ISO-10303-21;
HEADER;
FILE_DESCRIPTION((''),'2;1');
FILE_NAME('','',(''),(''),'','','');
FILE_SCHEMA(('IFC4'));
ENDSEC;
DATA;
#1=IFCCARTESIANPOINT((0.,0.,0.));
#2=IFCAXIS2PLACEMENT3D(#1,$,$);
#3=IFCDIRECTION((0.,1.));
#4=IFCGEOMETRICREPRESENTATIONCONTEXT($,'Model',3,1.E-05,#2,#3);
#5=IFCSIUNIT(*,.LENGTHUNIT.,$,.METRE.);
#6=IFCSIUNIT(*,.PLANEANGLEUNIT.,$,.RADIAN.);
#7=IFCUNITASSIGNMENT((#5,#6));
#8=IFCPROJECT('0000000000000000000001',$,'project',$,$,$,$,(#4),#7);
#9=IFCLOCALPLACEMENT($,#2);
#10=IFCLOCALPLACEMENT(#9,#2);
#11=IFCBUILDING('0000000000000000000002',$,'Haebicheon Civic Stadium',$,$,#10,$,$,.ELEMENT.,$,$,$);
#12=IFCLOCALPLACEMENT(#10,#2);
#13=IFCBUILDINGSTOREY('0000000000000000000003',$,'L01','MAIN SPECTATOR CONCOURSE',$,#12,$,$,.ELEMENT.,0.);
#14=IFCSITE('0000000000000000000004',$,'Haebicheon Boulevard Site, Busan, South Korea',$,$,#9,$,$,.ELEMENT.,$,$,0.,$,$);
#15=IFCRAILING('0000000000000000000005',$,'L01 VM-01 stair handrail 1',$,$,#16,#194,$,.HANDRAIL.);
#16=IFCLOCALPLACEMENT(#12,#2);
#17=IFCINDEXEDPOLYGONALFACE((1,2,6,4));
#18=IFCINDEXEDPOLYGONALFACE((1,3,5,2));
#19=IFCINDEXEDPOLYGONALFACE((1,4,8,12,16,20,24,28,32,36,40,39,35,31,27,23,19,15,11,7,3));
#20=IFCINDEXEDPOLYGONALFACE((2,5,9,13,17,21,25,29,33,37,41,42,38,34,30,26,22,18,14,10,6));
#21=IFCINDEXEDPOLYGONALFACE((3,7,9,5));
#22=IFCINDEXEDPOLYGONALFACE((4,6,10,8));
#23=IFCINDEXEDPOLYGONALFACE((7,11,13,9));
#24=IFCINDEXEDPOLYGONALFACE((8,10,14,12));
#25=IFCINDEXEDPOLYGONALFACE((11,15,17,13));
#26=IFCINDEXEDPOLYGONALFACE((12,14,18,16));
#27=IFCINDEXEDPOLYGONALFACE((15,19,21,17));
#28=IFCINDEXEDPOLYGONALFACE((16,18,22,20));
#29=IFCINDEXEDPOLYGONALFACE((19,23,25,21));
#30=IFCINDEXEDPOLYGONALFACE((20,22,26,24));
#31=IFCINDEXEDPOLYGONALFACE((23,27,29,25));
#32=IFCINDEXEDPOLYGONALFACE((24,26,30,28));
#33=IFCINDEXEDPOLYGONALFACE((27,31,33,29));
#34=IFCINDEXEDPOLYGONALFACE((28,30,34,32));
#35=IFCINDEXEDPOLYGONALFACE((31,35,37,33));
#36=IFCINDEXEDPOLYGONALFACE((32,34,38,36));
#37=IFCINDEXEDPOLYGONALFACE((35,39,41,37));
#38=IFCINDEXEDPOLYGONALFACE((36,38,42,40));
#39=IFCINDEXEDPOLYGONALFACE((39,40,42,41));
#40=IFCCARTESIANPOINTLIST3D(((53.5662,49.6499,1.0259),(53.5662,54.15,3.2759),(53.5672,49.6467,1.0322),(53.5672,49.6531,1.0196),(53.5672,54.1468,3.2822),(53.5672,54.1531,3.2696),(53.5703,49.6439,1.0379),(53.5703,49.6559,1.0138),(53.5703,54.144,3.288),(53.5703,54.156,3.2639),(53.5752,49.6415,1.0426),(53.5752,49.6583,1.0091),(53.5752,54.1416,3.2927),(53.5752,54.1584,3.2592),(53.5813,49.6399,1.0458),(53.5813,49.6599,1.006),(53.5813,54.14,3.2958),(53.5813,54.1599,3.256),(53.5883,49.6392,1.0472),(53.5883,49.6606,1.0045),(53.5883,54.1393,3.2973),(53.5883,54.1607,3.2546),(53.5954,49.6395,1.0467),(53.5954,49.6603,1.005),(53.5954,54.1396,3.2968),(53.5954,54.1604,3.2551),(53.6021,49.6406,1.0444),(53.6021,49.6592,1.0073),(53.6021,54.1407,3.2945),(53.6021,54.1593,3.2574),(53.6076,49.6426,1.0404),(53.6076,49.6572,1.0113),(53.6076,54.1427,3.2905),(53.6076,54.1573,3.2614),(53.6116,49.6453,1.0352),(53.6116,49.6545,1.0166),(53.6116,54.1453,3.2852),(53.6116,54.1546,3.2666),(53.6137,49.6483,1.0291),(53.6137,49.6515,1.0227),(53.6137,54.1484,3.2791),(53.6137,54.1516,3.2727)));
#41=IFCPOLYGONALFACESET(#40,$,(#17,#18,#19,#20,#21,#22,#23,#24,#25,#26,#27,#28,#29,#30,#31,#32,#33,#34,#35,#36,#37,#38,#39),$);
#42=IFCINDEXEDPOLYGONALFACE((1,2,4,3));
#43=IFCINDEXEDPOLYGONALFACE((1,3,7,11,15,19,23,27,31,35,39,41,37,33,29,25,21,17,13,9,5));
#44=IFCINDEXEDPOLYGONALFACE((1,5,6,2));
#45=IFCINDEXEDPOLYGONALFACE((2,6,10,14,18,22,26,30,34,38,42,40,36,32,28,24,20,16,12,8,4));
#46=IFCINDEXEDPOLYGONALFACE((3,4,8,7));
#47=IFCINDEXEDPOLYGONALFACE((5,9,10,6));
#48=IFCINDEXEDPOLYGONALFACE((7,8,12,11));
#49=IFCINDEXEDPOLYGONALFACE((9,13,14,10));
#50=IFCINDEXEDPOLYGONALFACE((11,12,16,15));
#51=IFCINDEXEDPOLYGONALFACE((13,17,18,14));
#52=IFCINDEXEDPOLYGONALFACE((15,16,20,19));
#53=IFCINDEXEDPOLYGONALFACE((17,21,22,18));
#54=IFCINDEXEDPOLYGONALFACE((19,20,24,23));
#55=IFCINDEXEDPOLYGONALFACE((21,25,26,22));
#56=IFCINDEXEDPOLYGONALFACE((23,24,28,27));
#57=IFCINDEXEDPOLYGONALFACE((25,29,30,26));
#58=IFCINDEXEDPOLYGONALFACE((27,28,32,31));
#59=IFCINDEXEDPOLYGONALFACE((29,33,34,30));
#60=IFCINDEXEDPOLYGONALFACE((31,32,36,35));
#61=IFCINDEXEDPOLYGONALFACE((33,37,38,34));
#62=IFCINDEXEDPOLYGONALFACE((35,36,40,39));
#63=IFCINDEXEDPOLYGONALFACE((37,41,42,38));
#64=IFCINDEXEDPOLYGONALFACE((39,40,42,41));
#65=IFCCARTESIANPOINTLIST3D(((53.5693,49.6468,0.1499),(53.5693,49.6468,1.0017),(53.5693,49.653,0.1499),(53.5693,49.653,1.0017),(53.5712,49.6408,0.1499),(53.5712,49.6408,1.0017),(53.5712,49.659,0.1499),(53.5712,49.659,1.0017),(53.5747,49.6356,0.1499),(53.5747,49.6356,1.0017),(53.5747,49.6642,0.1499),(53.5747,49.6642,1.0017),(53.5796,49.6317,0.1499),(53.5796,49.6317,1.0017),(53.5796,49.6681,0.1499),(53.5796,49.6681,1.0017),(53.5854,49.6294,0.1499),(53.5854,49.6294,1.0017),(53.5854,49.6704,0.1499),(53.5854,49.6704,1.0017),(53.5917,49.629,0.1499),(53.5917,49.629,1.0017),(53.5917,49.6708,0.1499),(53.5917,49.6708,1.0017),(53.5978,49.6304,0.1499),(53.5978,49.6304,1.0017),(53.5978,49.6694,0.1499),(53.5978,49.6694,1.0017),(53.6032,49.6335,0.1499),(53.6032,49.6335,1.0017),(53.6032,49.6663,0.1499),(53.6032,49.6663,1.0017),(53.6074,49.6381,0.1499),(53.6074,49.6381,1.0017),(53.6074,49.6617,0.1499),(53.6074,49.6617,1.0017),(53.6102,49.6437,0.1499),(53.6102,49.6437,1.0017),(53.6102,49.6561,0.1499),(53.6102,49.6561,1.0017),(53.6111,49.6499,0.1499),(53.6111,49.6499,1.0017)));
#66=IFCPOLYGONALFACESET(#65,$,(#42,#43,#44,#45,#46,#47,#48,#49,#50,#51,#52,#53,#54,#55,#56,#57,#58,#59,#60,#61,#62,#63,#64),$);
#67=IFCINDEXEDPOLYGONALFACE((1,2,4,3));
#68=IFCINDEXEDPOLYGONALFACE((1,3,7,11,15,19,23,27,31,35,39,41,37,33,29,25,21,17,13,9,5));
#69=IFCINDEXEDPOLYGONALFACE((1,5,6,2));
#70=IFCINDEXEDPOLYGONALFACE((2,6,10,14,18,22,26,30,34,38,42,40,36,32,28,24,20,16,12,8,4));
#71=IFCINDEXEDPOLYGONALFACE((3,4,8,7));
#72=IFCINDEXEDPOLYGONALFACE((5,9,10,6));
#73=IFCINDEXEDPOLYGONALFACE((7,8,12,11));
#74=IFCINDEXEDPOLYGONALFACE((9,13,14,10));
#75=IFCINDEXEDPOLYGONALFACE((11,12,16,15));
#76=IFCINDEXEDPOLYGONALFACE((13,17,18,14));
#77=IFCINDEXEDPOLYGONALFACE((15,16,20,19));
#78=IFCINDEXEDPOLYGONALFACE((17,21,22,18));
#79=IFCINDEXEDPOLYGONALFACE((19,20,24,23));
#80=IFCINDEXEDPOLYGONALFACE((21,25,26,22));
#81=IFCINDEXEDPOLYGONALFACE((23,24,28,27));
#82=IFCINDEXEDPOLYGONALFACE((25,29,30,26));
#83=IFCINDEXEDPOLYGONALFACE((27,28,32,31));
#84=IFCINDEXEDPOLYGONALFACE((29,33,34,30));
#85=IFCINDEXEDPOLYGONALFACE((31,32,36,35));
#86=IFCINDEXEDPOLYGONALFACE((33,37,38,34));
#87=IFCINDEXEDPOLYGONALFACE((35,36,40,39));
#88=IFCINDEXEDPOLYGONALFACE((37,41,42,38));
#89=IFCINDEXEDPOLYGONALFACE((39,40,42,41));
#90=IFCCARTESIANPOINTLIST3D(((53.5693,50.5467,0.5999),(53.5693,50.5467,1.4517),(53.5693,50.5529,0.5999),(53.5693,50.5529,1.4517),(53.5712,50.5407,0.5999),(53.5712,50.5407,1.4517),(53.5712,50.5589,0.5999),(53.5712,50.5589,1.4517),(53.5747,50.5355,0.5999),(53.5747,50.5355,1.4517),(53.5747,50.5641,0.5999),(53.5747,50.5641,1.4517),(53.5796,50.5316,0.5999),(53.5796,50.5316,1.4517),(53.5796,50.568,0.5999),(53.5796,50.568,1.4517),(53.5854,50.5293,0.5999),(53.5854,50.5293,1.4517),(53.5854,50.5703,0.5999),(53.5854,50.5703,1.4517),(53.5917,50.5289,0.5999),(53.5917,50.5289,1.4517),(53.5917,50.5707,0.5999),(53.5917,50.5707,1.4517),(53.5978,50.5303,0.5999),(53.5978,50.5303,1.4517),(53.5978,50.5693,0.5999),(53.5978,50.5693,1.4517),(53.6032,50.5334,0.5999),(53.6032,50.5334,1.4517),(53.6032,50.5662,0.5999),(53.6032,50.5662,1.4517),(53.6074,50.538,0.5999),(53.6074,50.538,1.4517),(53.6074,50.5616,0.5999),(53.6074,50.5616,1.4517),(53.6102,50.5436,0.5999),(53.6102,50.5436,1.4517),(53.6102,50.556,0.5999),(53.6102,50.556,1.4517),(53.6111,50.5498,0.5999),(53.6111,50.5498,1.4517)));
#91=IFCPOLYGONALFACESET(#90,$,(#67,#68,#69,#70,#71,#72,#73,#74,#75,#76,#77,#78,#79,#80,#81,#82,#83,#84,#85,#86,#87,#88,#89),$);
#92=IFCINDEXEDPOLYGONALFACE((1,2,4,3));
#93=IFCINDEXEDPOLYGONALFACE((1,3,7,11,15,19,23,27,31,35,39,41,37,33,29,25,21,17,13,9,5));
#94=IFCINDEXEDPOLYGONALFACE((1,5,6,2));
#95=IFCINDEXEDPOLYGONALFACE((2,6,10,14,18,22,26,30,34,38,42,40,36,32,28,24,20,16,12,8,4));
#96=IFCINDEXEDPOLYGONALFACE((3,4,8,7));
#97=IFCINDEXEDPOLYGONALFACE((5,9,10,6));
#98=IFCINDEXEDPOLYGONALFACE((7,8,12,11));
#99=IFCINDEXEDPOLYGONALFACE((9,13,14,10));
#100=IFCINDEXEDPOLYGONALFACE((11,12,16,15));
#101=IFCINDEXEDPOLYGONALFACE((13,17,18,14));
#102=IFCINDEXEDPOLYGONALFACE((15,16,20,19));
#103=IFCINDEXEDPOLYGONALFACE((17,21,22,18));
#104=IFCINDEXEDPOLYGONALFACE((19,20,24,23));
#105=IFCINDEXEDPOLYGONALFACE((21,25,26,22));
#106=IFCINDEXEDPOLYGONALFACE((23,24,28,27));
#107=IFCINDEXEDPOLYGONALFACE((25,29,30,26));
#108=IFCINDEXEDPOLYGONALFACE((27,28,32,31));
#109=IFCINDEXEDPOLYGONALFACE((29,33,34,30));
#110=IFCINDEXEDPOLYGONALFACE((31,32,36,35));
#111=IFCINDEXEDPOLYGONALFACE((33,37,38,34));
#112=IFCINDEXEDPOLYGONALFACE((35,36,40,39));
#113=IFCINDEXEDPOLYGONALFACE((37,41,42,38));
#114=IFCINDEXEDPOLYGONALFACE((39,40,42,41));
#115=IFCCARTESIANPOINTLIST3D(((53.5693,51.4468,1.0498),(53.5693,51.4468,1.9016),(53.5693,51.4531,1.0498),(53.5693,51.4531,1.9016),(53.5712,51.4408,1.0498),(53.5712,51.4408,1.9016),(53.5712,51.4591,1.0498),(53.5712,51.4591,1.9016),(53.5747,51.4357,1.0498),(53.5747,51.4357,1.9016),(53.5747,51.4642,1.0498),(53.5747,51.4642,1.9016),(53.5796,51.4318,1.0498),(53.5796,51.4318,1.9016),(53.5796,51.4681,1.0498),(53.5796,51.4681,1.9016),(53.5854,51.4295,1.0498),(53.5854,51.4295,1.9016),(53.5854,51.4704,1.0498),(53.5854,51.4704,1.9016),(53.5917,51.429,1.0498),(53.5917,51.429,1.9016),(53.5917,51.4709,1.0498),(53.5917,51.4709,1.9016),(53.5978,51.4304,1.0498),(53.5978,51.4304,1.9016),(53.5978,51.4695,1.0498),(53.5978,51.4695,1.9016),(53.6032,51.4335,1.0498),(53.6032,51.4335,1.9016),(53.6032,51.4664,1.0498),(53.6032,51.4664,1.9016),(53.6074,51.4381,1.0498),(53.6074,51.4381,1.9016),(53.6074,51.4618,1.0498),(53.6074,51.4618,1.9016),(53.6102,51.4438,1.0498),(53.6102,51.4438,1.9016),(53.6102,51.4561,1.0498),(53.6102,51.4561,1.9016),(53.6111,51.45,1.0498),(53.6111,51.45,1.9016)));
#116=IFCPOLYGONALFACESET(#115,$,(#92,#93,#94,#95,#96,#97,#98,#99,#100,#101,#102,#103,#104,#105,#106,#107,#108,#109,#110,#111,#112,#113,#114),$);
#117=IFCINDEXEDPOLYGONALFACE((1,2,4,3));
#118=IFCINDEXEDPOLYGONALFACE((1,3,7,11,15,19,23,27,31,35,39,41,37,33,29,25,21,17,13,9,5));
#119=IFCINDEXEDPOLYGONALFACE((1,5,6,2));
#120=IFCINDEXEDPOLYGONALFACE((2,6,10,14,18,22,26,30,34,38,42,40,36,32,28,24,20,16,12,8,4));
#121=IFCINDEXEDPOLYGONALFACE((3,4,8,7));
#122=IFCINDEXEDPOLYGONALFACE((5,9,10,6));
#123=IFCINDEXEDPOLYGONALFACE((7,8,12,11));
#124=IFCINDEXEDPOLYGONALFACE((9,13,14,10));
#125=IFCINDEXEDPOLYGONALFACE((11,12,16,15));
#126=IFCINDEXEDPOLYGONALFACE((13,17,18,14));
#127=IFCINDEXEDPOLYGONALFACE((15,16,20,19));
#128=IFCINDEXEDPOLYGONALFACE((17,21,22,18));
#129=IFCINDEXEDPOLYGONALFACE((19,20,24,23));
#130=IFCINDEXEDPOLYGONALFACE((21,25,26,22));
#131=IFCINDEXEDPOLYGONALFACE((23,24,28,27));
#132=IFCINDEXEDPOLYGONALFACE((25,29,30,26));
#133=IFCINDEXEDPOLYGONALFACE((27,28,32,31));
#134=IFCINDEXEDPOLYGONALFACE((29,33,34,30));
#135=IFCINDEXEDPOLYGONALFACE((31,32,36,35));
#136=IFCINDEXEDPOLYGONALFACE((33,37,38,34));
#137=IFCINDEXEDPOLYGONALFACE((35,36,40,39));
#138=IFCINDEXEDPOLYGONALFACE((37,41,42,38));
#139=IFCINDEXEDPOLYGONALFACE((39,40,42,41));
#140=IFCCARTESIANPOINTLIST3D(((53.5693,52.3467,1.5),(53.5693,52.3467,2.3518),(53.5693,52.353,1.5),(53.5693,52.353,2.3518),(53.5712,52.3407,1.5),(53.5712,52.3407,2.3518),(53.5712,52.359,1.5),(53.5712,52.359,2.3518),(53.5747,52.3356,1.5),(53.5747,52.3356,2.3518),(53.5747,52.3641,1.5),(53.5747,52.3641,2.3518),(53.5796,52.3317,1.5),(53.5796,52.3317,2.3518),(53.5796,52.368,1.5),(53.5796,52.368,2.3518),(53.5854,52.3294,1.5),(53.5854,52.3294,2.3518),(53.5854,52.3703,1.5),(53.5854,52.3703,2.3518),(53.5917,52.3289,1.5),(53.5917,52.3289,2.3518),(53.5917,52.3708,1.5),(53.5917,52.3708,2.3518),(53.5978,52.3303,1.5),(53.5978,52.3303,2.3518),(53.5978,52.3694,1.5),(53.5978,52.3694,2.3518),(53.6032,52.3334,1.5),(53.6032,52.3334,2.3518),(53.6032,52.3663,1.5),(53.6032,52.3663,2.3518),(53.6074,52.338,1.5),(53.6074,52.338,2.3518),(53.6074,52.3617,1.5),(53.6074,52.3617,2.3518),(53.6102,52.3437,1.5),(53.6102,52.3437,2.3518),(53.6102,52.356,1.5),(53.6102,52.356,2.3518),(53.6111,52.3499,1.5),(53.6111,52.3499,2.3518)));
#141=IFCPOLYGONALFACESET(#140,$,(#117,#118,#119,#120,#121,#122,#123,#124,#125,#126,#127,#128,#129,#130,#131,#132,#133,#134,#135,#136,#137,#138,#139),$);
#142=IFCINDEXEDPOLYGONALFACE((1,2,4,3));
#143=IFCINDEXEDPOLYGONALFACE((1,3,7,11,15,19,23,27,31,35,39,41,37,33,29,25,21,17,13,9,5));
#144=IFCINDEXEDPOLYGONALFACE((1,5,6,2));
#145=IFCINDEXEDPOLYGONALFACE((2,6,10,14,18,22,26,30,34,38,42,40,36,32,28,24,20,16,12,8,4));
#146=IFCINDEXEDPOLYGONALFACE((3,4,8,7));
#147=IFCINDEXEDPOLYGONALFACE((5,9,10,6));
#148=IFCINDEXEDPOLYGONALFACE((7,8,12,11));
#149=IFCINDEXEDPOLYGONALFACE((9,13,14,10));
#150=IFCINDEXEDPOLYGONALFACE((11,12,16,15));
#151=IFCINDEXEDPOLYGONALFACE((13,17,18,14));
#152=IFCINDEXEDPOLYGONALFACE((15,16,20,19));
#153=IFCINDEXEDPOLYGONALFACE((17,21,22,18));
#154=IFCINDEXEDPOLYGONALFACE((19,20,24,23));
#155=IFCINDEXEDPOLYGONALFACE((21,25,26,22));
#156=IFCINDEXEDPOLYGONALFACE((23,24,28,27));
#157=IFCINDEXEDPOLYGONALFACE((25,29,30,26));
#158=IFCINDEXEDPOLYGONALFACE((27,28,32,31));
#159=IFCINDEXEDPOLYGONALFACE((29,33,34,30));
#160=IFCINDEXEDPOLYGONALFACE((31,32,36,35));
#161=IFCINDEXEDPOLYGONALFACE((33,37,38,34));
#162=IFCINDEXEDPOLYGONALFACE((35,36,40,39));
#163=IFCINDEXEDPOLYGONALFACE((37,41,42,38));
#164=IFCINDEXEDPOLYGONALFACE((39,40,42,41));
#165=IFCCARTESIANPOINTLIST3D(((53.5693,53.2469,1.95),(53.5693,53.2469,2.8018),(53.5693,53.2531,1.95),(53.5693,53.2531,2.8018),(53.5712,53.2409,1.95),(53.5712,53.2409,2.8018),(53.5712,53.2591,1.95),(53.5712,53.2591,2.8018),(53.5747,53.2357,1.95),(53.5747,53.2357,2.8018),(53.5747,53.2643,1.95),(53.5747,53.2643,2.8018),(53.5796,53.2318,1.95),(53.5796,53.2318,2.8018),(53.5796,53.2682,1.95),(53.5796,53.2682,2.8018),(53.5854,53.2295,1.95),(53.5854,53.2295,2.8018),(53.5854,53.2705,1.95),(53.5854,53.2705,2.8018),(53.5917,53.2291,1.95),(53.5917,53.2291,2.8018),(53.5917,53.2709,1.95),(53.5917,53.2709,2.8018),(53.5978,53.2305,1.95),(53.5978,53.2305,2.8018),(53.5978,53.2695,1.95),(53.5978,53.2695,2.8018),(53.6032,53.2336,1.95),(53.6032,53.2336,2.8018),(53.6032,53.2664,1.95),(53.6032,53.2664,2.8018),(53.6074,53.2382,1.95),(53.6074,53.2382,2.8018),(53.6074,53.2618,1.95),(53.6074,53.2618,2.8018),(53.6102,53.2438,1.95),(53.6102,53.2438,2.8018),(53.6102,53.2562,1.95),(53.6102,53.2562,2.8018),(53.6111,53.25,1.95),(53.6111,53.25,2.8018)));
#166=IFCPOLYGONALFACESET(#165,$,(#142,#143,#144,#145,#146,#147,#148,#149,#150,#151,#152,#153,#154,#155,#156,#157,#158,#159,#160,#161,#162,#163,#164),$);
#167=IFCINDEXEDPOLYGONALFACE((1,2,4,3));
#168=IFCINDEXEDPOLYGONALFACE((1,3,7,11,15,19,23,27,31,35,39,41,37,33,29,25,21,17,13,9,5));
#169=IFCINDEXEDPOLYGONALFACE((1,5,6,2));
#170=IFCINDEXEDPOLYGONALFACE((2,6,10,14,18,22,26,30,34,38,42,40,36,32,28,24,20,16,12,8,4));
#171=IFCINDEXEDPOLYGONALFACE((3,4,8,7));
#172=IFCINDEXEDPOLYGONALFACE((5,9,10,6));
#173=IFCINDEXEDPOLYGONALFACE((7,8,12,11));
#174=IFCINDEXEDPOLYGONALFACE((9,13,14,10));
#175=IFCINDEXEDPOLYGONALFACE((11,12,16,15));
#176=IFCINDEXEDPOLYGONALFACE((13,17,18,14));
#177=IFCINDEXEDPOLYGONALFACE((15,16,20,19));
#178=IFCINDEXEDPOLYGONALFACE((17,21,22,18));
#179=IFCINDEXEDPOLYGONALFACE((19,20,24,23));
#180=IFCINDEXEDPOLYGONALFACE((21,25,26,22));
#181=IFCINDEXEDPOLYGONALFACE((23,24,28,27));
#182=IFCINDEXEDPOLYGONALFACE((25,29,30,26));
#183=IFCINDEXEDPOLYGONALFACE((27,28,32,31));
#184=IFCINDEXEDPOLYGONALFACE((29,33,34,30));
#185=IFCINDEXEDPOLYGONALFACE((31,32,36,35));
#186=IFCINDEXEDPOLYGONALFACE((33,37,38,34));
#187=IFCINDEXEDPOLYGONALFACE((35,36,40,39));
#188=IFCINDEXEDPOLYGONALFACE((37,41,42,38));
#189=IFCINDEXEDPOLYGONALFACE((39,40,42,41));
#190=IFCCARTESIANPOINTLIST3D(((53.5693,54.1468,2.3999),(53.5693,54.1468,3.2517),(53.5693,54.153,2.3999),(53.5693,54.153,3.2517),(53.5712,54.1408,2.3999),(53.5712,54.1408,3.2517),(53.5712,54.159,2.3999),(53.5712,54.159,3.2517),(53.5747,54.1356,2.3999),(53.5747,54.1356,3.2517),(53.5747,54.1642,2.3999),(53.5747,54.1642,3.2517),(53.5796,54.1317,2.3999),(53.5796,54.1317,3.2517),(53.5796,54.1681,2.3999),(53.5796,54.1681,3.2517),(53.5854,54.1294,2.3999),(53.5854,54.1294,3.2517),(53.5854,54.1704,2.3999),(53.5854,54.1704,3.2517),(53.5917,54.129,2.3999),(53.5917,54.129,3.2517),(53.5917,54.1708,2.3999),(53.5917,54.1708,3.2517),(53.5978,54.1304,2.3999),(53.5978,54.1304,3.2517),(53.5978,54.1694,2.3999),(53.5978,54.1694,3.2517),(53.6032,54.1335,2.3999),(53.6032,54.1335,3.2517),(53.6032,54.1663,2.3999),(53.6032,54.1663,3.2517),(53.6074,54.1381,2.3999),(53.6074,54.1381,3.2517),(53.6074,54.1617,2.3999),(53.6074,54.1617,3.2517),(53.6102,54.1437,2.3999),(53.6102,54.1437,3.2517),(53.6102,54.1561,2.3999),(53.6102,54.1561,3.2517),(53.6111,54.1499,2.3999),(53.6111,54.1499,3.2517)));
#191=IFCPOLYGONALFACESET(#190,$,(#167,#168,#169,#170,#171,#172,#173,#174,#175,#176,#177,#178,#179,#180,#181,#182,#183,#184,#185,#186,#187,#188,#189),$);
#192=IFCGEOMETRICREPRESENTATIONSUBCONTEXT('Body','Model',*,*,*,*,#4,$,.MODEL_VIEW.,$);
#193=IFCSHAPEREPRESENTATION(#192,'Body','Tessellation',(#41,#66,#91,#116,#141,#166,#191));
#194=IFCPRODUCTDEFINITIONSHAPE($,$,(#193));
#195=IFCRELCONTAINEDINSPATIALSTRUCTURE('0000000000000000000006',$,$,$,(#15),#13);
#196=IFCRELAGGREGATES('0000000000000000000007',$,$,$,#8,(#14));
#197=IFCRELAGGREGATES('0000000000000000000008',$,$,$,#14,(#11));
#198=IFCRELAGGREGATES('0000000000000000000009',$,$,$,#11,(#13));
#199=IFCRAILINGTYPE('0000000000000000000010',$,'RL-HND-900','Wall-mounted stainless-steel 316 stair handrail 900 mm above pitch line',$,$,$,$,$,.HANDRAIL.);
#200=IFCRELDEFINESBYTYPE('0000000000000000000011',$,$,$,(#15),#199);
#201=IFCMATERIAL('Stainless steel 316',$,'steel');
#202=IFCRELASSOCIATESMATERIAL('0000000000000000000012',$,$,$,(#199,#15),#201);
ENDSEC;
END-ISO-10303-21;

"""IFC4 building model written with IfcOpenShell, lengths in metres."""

from ifc_helpers import new_model, si_unit, direction, frame, origin, origin_2d, place, context, subcontext, project, spatial, circle, extrude, material, type_object, element, save


model = new_model("IFC4")

# Units and contexts
model_context = context("Model", 3, precision=1e-05, world=origin(), true_north=direction((0.0, 1.0)))
body_context = subcontext(model_context, "Body", "Model", "MODEL_VIEW")
ifc_project = project(units=[si_unit("LENGTHUNIT", "METRE"), si_unit("PLANEANGLEUNIT", "RADIAN")], contexts=[model_context])

# Site, building, storey
site_placement = place(None, origin())
site = spatial("IfcSite", under=ifc_project, at=site_placement, Name="Haebicheon Boulevard Site, Busan, South Korea", CompositionType="ELEMENT", RefElevation=0.0)
building_placement = place(site_placement, origin())
building = spatial("IfcBuilding", under=site, at=building_placement, Name="Haebicheon Civic Stadium", CompositionType="ELEMENT")
storey_placement = place(building_placement, origin())
storey = spatial("IfcBuildingStorey", under=building, at=storey_placement, Name="L01", Description="MAIN SPECTATOR CONCOURSE", CompositionType="ELEMENT", Elevation=0.0)

# Railing
ifc_material_1 = material(Name="Stainless steel 316", Category="steel")
railing_type_1 = type_object("IfcRailingType", Name="RL-HND-900", Description="Wall-mounted stainless-steel 316 stair handrail 900 mm above pitch line", PredefinedType="HANDRAIL", material=ifc_material_1)
railing_1_placement = place(storey_placement, frame((53.5901, 49.6499, 0.1499)))
element("IfcRailing", 1, at=railing_1_placement, inside=storey, type_object=railing_type_1, material=ifc_material_1, Name="L01 VM-01 stair handrail 1", PredefinedType="HANDRAIL", context=body_context, shape_type="SweptSolid", body=[
    extrude(circle(Radius=0.0239, at=origin_2d()), frame((0.0, 0.0, 0.876), z_axis=(0.0, 0.894427, 0.447214), x_axis=(-1.0, 0.0, 0.0)), (0.0, 0.0, 1.0), 5.0312),
    extrude(circle(Radius=0.021, at=origin_2d()), origin(), (0.0, 0.0, 1.0), 0.8518),
    extrude(circle(Radius=0.021, at=origin_2d()), frame((0.0, 0.8999, 0.45)), (0.0, 0.0, 1.0), 0.8518),
    extrude(circle(Radius=0.021, at=origin_2d()), frame((0.0, 1.8, 0.8999)), (0.0, 0.0, 1.0), 0.8518),
    extrude(circle(Radius=0.021, at=origin_2d()), frame((0.0, 2.7, 1.3501)), (0.0, 0.0, 1.0), 0.8518),
    extrude(circle(Radius=0.021, at=origin_2d()), frame((0.0, 3.6001, 1.8)), (0.0, 0.0, 1.0), 0.8518),
    extrude(circle(Radius=0.021, at=origin_2d()), frame((0.0, 4.5, 2.25)), (0.0, 0.0, 1.0), 0.8518),
])

save(model, "model.ifc")
